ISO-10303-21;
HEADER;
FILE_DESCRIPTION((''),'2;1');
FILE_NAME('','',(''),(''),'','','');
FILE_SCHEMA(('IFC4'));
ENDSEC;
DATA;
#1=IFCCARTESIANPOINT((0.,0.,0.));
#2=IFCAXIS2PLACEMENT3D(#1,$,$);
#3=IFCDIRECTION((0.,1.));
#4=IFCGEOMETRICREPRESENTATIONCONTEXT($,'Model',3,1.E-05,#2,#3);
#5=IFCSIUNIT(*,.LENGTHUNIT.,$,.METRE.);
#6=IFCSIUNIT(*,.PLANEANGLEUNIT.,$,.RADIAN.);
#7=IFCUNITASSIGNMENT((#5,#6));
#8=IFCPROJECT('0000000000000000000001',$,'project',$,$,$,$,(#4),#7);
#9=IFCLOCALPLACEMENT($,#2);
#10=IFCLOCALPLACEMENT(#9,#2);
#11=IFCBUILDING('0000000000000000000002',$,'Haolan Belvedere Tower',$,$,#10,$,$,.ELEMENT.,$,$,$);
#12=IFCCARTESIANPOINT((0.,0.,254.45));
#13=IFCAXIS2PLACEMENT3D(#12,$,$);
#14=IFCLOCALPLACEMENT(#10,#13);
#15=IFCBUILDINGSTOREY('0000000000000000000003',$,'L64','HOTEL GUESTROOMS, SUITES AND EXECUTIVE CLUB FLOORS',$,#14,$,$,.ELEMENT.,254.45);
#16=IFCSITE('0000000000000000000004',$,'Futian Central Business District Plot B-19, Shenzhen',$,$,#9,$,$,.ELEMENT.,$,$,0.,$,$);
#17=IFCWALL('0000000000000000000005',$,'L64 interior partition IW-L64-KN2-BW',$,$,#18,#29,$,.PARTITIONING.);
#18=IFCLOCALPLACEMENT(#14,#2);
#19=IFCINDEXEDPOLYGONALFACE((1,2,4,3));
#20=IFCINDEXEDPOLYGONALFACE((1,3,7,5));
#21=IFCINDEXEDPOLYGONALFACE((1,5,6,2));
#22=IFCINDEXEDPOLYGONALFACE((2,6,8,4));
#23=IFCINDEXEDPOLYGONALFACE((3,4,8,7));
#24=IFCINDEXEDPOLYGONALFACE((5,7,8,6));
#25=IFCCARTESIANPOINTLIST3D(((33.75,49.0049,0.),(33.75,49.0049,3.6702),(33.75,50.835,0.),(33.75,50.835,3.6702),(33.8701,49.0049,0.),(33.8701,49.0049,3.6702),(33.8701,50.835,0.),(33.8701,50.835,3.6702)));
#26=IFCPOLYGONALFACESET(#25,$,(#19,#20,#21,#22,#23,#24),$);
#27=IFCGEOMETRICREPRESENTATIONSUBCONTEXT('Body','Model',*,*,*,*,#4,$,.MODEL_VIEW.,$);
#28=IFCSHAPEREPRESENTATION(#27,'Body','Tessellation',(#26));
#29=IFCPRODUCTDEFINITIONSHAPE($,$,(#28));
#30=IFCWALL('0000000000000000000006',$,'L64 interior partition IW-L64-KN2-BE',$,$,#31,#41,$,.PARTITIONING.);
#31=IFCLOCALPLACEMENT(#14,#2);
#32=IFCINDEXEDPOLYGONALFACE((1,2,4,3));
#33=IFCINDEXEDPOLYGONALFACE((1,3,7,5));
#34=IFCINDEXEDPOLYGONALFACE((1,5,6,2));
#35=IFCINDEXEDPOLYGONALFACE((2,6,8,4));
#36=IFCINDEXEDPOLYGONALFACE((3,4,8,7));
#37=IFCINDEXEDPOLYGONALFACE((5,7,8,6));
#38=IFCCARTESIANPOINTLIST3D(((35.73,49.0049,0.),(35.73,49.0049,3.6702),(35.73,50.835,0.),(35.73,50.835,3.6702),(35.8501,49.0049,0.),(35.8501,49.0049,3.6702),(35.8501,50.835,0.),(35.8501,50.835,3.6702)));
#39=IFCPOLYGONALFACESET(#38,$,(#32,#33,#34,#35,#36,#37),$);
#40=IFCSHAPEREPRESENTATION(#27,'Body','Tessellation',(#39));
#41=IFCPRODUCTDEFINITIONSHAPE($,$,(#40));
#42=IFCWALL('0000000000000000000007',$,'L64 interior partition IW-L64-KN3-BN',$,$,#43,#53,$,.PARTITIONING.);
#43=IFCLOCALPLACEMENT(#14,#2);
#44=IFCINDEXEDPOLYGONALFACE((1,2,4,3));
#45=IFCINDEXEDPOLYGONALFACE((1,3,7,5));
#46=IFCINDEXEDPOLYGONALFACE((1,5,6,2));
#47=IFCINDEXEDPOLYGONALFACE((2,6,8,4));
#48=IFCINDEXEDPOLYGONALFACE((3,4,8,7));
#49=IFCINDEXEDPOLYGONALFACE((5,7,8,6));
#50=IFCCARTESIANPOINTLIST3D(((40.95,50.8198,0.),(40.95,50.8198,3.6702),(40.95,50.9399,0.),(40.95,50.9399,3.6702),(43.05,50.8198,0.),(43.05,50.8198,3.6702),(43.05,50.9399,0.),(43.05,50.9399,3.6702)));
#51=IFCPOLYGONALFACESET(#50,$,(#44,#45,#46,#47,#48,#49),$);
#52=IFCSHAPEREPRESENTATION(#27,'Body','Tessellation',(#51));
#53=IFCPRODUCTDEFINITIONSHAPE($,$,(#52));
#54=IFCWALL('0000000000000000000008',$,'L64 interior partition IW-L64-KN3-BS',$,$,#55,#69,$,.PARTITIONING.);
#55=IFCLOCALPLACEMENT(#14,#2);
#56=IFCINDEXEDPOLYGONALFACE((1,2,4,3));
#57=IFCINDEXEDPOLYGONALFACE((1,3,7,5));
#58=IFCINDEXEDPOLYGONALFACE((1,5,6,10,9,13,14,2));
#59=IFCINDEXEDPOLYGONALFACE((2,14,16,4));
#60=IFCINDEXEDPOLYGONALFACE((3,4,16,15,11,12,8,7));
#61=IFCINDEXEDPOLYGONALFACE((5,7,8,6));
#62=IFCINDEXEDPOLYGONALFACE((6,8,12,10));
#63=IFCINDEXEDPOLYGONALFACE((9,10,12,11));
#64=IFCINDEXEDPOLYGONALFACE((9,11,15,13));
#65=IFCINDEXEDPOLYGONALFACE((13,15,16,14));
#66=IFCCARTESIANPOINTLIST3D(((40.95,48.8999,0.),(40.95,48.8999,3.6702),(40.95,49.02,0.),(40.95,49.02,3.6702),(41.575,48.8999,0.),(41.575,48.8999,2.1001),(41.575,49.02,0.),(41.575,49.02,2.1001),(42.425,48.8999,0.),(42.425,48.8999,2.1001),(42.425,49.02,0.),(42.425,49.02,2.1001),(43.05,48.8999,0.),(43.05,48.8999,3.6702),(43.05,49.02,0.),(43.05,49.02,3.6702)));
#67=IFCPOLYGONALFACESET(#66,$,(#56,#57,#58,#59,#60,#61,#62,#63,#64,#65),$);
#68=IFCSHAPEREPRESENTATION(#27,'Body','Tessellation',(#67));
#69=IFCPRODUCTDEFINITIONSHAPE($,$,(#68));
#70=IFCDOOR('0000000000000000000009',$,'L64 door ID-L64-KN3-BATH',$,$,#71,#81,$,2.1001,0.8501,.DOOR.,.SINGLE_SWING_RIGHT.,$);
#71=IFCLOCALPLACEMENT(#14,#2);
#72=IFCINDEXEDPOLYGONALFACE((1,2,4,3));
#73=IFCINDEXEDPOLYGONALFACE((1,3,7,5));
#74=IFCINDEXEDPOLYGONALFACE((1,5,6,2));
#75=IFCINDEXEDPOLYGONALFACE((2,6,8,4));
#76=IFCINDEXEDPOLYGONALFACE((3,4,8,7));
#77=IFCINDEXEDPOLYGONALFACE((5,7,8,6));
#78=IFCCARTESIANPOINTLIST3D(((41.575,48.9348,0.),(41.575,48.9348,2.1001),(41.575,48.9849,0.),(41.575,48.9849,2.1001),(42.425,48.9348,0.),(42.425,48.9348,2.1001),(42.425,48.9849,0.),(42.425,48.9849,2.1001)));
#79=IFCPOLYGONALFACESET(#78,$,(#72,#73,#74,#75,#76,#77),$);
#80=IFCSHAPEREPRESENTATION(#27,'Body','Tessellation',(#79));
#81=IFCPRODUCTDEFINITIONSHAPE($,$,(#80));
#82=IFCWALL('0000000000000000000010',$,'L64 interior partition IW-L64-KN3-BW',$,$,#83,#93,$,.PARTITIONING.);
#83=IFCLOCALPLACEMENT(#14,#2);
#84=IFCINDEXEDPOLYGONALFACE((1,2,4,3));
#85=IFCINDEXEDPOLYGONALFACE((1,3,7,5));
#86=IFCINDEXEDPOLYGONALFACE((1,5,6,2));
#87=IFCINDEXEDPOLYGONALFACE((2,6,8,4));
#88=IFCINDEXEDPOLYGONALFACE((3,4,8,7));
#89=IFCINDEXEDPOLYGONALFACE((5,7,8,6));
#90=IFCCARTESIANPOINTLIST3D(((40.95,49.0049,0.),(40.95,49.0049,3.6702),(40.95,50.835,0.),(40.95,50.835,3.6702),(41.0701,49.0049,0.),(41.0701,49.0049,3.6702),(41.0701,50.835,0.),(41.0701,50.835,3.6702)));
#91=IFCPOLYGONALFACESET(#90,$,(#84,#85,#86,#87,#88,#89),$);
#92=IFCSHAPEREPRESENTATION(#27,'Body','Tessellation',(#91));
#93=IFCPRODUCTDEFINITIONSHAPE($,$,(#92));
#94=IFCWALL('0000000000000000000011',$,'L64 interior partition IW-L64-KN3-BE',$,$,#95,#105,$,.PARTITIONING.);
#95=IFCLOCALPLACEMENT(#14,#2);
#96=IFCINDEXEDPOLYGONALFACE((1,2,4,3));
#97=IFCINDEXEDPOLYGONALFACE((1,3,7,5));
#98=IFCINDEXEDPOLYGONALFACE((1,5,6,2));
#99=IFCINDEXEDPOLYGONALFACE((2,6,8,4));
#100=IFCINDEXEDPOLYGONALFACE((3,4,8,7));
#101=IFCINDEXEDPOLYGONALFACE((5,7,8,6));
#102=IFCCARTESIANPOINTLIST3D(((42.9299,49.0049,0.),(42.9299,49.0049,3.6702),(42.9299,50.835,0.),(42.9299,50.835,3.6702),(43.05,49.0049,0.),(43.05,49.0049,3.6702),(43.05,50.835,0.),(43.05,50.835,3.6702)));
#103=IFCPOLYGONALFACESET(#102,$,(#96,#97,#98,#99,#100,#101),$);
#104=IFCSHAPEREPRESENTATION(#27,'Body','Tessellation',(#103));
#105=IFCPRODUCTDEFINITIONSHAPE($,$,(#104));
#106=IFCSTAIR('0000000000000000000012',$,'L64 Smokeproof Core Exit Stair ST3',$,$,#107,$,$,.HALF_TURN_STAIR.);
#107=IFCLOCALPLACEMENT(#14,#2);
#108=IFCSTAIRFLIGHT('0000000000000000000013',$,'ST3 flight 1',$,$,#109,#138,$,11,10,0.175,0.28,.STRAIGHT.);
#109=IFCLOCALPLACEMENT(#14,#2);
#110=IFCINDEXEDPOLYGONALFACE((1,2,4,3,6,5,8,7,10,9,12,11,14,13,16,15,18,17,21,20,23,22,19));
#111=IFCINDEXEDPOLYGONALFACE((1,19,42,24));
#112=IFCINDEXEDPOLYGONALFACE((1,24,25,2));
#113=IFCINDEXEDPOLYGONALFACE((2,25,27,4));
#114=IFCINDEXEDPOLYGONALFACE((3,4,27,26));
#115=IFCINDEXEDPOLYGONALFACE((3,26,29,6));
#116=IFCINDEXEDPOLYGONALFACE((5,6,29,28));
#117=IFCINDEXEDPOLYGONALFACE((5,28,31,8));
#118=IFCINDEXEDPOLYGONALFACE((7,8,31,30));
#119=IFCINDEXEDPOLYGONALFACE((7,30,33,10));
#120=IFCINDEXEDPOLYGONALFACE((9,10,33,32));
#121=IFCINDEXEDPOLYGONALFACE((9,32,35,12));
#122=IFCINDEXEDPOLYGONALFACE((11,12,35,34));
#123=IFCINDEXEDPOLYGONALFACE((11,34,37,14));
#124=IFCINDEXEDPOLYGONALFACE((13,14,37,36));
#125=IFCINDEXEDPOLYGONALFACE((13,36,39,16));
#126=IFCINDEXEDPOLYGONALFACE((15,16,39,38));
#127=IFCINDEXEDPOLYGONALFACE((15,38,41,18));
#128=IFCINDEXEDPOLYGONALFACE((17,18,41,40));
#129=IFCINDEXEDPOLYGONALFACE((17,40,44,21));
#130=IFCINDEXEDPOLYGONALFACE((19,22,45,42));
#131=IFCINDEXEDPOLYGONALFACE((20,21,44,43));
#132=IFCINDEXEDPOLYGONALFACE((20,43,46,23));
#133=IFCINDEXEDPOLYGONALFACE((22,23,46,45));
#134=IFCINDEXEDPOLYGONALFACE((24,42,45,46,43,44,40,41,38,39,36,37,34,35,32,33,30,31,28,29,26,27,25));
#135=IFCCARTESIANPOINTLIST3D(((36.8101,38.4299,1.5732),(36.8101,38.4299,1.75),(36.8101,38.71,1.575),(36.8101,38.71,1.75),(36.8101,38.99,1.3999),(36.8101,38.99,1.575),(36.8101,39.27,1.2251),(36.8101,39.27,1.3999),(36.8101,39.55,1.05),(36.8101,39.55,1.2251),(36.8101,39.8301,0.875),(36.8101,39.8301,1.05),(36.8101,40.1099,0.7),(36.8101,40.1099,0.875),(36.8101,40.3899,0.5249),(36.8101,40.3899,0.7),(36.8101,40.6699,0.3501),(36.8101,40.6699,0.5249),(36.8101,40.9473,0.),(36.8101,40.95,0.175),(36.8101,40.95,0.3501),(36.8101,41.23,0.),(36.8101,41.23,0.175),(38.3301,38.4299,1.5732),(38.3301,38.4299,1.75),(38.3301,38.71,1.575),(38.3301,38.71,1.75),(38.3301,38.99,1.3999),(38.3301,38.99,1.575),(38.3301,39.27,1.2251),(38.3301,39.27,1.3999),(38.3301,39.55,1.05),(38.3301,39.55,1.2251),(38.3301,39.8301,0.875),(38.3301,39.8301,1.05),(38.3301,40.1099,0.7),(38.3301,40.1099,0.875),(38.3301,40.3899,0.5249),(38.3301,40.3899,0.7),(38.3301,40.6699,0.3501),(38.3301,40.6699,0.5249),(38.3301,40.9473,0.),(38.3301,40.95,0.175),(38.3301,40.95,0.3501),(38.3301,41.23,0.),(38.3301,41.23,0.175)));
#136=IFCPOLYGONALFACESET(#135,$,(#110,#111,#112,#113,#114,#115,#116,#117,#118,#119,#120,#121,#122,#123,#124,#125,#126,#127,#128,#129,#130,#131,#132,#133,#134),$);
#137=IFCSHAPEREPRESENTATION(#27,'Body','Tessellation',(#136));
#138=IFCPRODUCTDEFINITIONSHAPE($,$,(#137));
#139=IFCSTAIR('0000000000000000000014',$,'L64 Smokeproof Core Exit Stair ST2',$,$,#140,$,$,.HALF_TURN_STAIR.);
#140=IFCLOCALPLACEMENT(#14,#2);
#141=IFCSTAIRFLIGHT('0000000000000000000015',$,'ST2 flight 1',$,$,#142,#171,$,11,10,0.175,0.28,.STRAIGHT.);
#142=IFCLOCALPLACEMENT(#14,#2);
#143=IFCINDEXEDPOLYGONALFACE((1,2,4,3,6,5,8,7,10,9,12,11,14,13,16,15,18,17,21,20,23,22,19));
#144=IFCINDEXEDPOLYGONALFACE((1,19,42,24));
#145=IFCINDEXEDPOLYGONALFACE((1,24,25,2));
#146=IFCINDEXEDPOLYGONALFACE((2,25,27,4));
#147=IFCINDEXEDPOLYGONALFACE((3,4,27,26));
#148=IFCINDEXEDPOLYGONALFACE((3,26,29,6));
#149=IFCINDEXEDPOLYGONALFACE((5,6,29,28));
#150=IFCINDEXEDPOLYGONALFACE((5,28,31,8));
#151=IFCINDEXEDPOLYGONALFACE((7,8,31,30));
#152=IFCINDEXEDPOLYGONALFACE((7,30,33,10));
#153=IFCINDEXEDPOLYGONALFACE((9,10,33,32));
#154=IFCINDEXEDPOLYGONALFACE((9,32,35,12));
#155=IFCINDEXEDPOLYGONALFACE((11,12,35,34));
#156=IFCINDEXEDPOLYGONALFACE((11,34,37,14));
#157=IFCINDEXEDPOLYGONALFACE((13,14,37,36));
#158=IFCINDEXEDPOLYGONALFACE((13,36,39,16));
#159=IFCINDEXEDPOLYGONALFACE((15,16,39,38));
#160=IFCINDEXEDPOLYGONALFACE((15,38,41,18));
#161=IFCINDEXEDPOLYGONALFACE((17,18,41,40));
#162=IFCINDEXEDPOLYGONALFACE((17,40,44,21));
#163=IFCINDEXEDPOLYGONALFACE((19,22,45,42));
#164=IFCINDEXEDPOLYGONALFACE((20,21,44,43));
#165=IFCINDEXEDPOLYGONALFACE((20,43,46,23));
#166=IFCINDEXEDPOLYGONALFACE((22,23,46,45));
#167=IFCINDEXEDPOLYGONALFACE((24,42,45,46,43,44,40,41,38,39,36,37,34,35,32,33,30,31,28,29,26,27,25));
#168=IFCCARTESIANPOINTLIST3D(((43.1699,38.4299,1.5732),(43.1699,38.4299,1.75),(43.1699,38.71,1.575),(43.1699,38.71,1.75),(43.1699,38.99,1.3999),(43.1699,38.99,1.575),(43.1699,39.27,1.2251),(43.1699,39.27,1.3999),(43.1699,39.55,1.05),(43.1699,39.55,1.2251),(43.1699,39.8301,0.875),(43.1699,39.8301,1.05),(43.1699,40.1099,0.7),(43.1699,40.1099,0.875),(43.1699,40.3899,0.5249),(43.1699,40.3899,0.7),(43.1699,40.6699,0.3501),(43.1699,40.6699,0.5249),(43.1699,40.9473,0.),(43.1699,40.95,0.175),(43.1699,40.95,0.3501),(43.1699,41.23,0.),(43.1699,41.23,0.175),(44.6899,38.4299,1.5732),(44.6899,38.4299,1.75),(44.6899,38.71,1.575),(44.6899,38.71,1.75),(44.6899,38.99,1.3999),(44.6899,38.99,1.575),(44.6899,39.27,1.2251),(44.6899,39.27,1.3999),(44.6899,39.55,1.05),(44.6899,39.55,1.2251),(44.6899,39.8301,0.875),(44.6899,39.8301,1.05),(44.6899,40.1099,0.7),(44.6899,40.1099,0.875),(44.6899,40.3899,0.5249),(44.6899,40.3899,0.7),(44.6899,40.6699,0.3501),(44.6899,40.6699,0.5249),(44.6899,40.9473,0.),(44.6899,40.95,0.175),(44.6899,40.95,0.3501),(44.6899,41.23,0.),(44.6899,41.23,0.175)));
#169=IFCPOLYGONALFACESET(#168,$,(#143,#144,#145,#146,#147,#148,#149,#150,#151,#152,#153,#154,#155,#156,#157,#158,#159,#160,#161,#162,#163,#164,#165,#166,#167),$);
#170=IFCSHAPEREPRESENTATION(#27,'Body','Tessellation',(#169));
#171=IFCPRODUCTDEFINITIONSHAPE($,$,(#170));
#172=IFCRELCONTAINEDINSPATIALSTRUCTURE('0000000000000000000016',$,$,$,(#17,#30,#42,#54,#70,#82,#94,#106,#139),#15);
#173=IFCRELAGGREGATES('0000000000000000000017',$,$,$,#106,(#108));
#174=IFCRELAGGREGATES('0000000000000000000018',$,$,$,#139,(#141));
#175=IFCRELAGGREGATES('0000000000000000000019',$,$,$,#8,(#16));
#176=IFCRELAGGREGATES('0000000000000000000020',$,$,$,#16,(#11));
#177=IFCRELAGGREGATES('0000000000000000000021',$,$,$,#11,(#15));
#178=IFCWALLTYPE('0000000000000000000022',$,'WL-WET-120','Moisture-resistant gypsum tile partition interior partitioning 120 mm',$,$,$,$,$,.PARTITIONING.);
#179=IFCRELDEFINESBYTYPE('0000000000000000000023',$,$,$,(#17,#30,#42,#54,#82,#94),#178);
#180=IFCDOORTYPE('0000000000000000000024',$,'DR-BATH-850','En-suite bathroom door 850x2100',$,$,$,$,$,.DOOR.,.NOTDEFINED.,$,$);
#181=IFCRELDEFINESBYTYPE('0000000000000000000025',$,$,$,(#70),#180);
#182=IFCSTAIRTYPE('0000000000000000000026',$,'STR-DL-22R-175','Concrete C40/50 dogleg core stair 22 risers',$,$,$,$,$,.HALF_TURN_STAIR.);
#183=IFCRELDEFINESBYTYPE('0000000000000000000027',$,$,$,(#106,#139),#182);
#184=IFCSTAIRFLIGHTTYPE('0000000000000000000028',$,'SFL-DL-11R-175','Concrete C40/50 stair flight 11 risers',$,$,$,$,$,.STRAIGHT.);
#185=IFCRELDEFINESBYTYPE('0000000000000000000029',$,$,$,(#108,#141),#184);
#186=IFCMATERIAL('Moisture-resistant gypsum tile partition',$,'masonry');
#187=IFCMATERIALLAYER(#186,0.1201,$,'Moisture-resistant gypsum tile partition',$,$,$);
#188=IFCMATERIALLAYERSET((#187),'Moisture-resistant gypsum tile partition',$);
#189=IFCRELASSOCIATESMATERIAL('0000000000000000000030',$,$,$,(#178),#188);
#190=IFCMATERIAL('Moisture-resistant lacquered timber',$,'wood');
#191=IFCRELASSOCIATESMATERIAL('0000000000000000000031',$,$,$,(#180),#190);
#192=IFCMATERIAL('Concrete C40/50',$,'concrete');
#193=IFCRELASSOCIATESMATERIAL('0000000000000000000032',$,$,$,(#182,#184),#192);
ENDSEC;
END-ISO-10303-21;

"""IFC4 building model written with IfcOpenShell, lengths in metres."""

from ifc_helpers import new_model, si_unit, direction, frame, frame_2d, origin, place, context, subcontext, project, spatial, polyline, rectangle, outline, extrude, material, layer, layer_set, type_object, element, fill, aggregate, save


model = new_model("IFC4")

# Units and contexts
model_context = context("Model", 3, precision=1e-05, world=origin(), true_north=direction((0.0, 1.0)))
body_context = subcontext(model_context, "Body", "Model", "MODEL_VIEW")
ifc_project = project(units=[si_unit("LENGTHUNIT", "METRE"), si_unit("PLANEANGLEUNIT", "RADIAN")], contexts=[model_context])

# Site, building, storey
site_placement = place(None, origin())
site = spatial("IfcSite", under=ifc_project, at=site_placement, Name="Futian Central Business District Plot B-19, Shenzhen", CompositionType="ELEMENT", RefElevation=0.0)
building_placement = place(site_placement, origin())
building = spatial("IfcBuilding", under=site, at=building_placement, Name="Haolan Belvedere Tower", CompositionType="ELEMENT")
storey_placement = place(building_placement, frame((0.0, 0.0, 254.45)))
storey = spatial("IfcBuildingStorey", under=building, at=storey_placement, Name="L64", Description="HOTEL GUESTROOMS, SUITES AND EXECUTIVE CLUB FLOORS", CompositionType="ELEMENT", Elevation=254.45)

# Walls
ifc_material_1 = material(Name="Moisture-resistant gypsum tile partition", Category="masonry")
ifc_layer_1 = layer(ifc_material_1, 0.1201, Name="Moisture-resistant gypsum tile partition")
ifc_layer_set_1 = layer_set([ifc_layer_1], Name="Moisture-resistant gypsum tile partition")
wall_type_1 = type_object("IfcWallType", Name="WL-WET-120", Description="Moisture-resistant gypsum tile partition interior partitioning 120 mm", PredefinedType="PARTITIONING", material=ifc_layer_set_1)
for number, where, z_axis, x_axis, name in (
    (1, (33.8101, 49.0049, 0.0), (0.0, 0.0, 1.0), (0.0, 1.0, 0.0), "L64 interior partition IW-L64-KN2-BW"),
    (2, (35.79, 49.0049, 0.0), (0.0, 0.0, 1.0), (0.0, 1.0, 0.0), "L64 interior partition IW-L64-KN2-BE"),
):
    element("IfcWall", number, at=place(storey_placement, frame(where, z_axis=z_axis, x_axis=x_axis)), inside=storey, type_object=wall_type_1, Name=name, PredefinedType="PARTITIONING", context=body_context, shape_type="SweptSolid", body=[
        extrude(rectangle(XDim=1.8301, YDim=0.1201, at=frame_2d((0.915, 0.0))), origin(), (0.0, 0.0, 1.0), 3.6702),
    ])
wall_1_placement = place(storey_placement, frame((40.95, 50.8799, 0.0), z_axis=(0.0, 0.0, 1.0), x_axis=(1.0, 0.0, 0.0)))
element("IfcWall", 3, at=wall_1_placement, inside=storey, type_object=wall_type_1, Name="L64 interior partition IW-L64-KN3-BN", PredefinedType="PARTITIONING", context=body_context, shape_type="SweptSolid", body=[
    extrude(rectangle(XDim=2.1001, YDim=0.1201, at=frame_2d((1.05, 0.0))), origin(), (0.0, 0.0, 1.0), 3.6702),
])

# Wall, opening, door
wall_2_placement = place(storey_placement, frame((40.95, 48.96, 0.0), z_axis=(0.0, 0.0, 1.0), x_axis=(1.0, 0.0, 0.0)))
wall_2 = element("IfcWall", 4, at=wall_2_placement, inside=storey, type_object=wall_type_1, Name="L64 interior partition IW-L64-KN3-BS", PredefinedType="PARTITIONING", context=body_context, shape_type="SweptSolid", body=[
    extrude(rectangle(XDim=2.1001, YDim=0.1201, at=frame_2d((1.05, 0.0))), origin(), (0.0, 0.0, 1.0), 3.6702),
])
opening_1_placement = place(wall_2_placement, frame((0.625, 0.0, 0.0)))
opening_1 = element("IfcOpeningElement", 5, at=opening_1_placement, cuts=wall_2, PredefinedType="OPENING", context=body_context, shape_type="SweptSolid", body=[
    extrude(rectangle(XDim=0.8501, YDim=2.1001, at=frame_2d((0.425, 1.05))), frame((0.0, 0.0701, 0.0), z_axis=(0.0, -1.0, 0.0), x_axis=(1.0, 0.0, 0.0)), (0.0, 0.0, 1.0), 0.1401),
])
ifc_material_2 = material(Name="Moisture-resistant lacquered timber", Category="wood")
door_type_1 = type_object("IfcDoorType", Name="DR-BATH-850", Description="En-suite bathroom door 850x2100", OperationType="NOTDEFINED", PredefinedType="DOOR", material=ifc_material_2)
door_1_placement = place(opening_1_placement, origin())
door_1 = element("IfcDoor", 6, at=door_1_placement, inside=storey, type_object=door_type_1, Name="L64 door ID-L64-KN3-BATH", OperationType="SINGLE_SWING_RIGHT", OverallHeight=2.1001, OverallWidth=0.8501, PredefinedType="DOOR", context=body_context, shape_type="SweptSolid", body=[
    extrude(rectangle(XDim=0.8501, YDim=2.1001, at=frame_2d((0.425, 1.05))), frame((0.0, 0.0249, 0.0), z_axis=(0.0, -1.0, 0.0), x_axis=(1.0, 0.0, 0.0)), (0.0, 0.0, 1.0), 0.05),
])
fill(opening_1, door_1)

# Walls
for number, where, z_axis, x_axis, name in (
    (7, (41.01, 49.0049, 0.0), (0.0, 0.0, 1.0), (0.0, 1.0, 0.0), "L64 interior partition IW-L64-KN3-BW"),
    (8, (42.99, 49.0049, 0.0), (0.0, 0.0, 1.0), (0.0, 1.0, 0.0), "L64 interior partition IW-L64-KN3-BE"),
):
    element("IfcWall", number, at=place(storey_placement, frame(where, z_axis=z_axis, x_axis=x_axis)), inside=storey, type_object=wall_type_1, Name=name, PredefinedType="PARTITIONING", context=body_context, shape_type="SweptSolid", body=[
        extrude(rectangle(XDim=1.8301, YDim=0.1201, at=frame_2d((0.915, 0.0))), origin(), (0.0, 0.0, 1.0), 3.6702),
    ])

# Stairs, stair flights
ifc_material_3 = material(Name="Concrete C40/50", Category="concrete")
stair_type = type_object("IfcStairType", Name="STR-DL-22R-175", Description="Concrete C40/50 dogleg core stair 22 risers", PredefinedType="HALF_TURN_STAIR", material=ifc_material_3)
stair_1_placement = place(storey_placement, origin())
stair_1 = element("IfcStair", 9, at=stair_1_placement, inside=storey, type_object=stair_type, Name="L64 Smokeproof Core Exit Stair ST3", PredefinedType="HALF_TURN_STAIR")
stair_flight_type = type_object("IfcStairFlightType", Name="SFL-DL-11R-175", Description="Concrete C40/50 stair flight 11 risers", PredefinedType="STRAIGHT", material=ifc_material_3)
stair_flight_1_placement = place(storey_placement, frame((37.5701, 41.23, 0.0), z_axis=(0.0, 0.0, 1.0), x_axis=(0.0, -1.0, 0.0)))
stair_flight_1 = element("IfcStairFlight", 10, at=stair_flight_1_placement, type_object=stair_flight_type, Name="ST3 flight 1", NumberOfRisers=11, NumberOfTreads=10, PredefinedType="STRAIGHT", RiserHeight=0.175, TreadLength=0.28, context=body_context, shape_type="SweptSolid", body=[
    extrude(outline(polyline([(0.0, 0.0), (0.0, 0.175), (0.28, 0.175), (0.28, 0.3501), (0.5601, 0.3501), (0.5601, 0.5249), (0.8401, 0.5249), (0.8401, 0.7), (1.1201, 0.7), (1.1201, 0.875), (1.3999, 0.875), (1.3999, 1.05), (1.6799, 1.05), (1.6799, 1.2251), (1.96, 1.2251), (1.96, 1.3999), (2.24, 1.3999), (2.24, 1.575), (2.52, 1.575), (2.52, 1.75), (2.8, 1.75), (2.8, 1.925), (2.8, 1.5732), (0.2827, 0.0), (0.0, 0.0)])), frame((0.0, 0.76, 0.0), z_axis=(0.0, -1.0, 0.0), x_axis=(1.0, 0.0, 0.0)), (0.0, 0.0, 1.0), 1.52),
])
aggregate(stair_1, [stair_flight_1])
stair_2_placement = place(storey_placement, origin())
stair_2 = element("IfcStair", 11, at=stair_2_placement, inside=storey, type_object=stair_type, Name="L64 Smokeproof Core Exit Stair ST2", PredefinedType="HALF_TURN_STAIR")
stair_flight_2_placement = place(storey_placement, frame((43.9299, 41.23, 0.0), z_axis=(0.0, 0.0, 1.0), x_axis=(0.0, -1.0, 0.0)))
stair_flight_2 = element("IfcStairFlight", 12, at=stair_flight_2_placement, type_object=stair_flight_type, Name="ST2 flight 1", NumberOfRisers=11, NumberOfTreads=10, PredefinedType="STRAIGHT", RiserHeight=0.175, TreadLength=0.28, context=body_context, shape_type="SweptSolid", body=[
    extrude(outline(polyline([(0.0, 0.0), (0.0, 0.175), (0.28, 0.175), (0.28, 0.3501), (0.5601, 0.3501), (0.5601, 0.5249), (0.8401, 0.5249), (0.8401, 0.7), (1.1201, 0.7), (1.1201, 0.875), (1.3999, 0.875), (1.3999, 1.05), (1.6799, 1.05), (1.6799, 1.2251), (1.96, 1.2251), (1.96, 1.3999), (2.24, 1.3999), (2.24, 1.575), (2.52, 1.575), (2.52, 1.75), (2.8, 1.75), (2.8, 1.925), (2.8, 1.5732), (0.2827, 0.0), (0.0, 0.0)])), frame((0.0, 0.76, 0.0), z_axis=(0.0, -1.0, 0.0), x_axis=(1.0, 0.0, 0.0)), (0.0, 0.0, 1.0), 1.52),
])
aggregate(stair_2, [stair_flight_2])

save(model, "model.ifc")
